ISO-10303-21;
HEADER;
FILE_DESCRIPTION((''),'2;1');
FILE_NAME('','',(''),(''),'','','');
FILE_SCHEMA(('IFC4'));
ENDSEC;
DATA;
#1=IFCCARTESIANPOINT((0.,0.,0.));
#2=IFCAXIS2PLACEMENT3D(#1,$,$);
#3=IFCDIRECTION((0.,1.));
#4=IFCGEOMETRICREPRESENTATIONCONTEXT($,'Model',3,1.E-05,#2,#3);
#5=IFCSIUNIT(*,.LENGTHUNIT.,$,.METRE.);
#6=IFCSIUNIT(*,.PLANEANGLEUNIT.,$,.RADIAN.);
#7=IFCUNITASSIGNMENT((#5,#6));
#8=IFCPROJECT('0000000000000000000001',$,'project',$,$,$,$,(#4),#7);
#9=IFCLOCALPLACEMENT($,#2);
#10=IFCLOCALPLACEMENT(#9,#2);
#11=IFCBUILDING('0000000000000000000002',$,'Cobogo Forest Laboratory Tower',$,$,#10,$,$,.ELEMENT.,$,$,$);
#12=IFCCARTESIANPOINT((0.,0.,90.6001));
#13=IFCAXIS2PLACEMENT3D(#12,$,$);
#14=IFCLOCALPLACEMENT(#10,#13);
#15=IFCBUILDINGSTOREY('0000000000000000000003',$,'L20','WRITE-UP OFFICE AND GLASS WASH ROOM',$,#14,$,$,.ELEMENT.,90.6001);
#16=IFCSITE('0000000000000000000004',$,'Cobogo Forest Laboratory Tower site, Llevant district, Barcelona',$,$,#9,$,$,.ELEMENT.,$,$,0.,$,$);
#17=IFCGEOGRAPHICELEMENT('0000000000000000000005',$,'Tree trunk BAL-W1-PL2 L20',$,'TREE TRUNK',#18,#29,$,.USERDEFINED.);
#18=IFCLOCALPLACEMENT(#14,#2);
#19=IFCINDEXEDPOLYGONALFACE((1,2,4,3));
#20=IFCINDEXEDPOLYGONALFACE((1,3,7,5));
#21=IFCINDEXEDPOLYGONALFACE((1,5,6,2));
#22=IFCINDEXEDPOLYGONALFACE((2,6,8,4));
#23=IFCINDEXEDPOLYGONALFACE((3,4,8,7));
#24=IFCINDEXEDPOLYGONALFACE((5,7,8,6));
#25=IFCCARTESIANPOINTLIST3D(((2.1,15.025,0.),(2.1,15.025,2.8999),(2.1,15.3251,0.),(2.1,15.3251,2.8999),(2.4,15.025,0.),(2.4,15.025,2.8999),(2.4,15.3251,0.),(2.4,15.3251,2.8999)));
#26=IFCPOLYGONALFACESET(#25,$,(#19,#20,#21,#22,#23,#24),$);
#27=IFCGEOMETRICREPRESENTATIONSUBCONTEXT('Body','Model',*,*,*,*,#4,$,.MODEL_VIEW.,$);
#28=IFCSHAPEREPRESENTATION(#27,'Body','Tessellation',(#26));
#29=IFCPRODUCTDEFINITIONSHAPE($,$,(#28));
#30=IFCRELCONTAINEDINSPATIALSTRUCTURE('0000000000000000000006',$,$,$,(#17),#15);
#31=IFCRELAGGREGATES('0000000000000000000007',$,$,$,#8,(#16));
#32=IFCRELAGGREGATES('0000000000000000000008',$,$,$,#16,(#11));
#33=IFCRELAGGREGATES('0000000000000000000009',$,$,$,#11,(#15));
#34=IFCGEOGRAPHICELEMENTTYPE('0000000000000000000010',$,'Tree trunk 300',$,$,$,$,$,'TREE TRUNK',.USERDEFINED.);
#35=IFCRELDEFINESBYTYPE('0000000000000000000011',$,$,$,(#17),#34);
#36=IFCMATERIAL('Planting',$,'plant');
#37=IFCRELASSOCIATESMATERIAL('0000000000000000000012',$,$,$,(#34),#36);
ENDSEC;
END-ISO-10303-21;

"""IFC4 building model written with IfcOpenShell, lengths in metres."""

from ifc_helpers import new_model, si_unit, direction, frame, origin, origin_2d, place, context, subcontext, project, spatial, rectangle, extrude, material, type_object, element, save


model = new_model("IFC4")

# Units and contexts
model_context = context("Model", 3, precision=1e-05, world=origin(), true_north=direction((0.0, 1.0)))
body_context = subcontext(model_context, "Body", "Model", "MODEL_VIEW")
ifc_project = project(units=[si_unit("LENGTHUNIT", "METRE"), si_unit("PLANEANGLEUNIT", "RADIAN")], contexts=[model_context])

# Site, building, storey
site_placement = place(None, origin())
site = spatial("IfcSite", under=ifc_project, at=site_placement, Name="Cobogo Forest Laboratory Tower site, Llevant district, Barcelona", CompositionType="ELEMENT", RefElevation=0.0)
building_placement = place(site_placement, origin())
building = spatial("IfcBuilding", under=site, at=building_placement, Name="Cobogo Forest Laboratory Tower", CompositionType="ELEMENT")
storey_placement = place(building_placement, frame((0.0, 0.0, 90.6001)))
storey = spatial("IfcBuildingStorey", under=building, at=storey_placement, Name="L20", Description="WRITE-UP OFFICE AND GLASS WASH ROOM", CompositionType="ELEMENT", Elevation=90.6001)

# Geographic element
ifc_material_1 = material(Name="Planting", Category="plant")
geographic_element_type = type_object("IfcGeographicElementType", Name="Tree trunk 300", ElementType="TREE TRUNK", PredefinedType="USERDEFINED", material=ifc_material_1)
geographic_element_placement = place(storey_placement, frame((2.25, 15.175, 0.0), z_axis=(0.0, 0.0, 1.0), x_axis=(1.0, 0.0, 0.0)))
element("IfcGeographicElement", 1, at=geographic_element_placement, inside=storey, type_object=geographic_element_type, Name="Tree trunk BAL-W1-PL2 L20", ObjectType="TREE TRUNK", PredefinedType="USERDEFINED", context=body_context, shape_type="SweptSolid", body=[
    extrude(rectangle(XDim=0.3, YDim=0.3, at=origin_2d()), origin(), (0.0, 0.0, 1.0), 2.8999),
])

save(model, "model.ifc")
